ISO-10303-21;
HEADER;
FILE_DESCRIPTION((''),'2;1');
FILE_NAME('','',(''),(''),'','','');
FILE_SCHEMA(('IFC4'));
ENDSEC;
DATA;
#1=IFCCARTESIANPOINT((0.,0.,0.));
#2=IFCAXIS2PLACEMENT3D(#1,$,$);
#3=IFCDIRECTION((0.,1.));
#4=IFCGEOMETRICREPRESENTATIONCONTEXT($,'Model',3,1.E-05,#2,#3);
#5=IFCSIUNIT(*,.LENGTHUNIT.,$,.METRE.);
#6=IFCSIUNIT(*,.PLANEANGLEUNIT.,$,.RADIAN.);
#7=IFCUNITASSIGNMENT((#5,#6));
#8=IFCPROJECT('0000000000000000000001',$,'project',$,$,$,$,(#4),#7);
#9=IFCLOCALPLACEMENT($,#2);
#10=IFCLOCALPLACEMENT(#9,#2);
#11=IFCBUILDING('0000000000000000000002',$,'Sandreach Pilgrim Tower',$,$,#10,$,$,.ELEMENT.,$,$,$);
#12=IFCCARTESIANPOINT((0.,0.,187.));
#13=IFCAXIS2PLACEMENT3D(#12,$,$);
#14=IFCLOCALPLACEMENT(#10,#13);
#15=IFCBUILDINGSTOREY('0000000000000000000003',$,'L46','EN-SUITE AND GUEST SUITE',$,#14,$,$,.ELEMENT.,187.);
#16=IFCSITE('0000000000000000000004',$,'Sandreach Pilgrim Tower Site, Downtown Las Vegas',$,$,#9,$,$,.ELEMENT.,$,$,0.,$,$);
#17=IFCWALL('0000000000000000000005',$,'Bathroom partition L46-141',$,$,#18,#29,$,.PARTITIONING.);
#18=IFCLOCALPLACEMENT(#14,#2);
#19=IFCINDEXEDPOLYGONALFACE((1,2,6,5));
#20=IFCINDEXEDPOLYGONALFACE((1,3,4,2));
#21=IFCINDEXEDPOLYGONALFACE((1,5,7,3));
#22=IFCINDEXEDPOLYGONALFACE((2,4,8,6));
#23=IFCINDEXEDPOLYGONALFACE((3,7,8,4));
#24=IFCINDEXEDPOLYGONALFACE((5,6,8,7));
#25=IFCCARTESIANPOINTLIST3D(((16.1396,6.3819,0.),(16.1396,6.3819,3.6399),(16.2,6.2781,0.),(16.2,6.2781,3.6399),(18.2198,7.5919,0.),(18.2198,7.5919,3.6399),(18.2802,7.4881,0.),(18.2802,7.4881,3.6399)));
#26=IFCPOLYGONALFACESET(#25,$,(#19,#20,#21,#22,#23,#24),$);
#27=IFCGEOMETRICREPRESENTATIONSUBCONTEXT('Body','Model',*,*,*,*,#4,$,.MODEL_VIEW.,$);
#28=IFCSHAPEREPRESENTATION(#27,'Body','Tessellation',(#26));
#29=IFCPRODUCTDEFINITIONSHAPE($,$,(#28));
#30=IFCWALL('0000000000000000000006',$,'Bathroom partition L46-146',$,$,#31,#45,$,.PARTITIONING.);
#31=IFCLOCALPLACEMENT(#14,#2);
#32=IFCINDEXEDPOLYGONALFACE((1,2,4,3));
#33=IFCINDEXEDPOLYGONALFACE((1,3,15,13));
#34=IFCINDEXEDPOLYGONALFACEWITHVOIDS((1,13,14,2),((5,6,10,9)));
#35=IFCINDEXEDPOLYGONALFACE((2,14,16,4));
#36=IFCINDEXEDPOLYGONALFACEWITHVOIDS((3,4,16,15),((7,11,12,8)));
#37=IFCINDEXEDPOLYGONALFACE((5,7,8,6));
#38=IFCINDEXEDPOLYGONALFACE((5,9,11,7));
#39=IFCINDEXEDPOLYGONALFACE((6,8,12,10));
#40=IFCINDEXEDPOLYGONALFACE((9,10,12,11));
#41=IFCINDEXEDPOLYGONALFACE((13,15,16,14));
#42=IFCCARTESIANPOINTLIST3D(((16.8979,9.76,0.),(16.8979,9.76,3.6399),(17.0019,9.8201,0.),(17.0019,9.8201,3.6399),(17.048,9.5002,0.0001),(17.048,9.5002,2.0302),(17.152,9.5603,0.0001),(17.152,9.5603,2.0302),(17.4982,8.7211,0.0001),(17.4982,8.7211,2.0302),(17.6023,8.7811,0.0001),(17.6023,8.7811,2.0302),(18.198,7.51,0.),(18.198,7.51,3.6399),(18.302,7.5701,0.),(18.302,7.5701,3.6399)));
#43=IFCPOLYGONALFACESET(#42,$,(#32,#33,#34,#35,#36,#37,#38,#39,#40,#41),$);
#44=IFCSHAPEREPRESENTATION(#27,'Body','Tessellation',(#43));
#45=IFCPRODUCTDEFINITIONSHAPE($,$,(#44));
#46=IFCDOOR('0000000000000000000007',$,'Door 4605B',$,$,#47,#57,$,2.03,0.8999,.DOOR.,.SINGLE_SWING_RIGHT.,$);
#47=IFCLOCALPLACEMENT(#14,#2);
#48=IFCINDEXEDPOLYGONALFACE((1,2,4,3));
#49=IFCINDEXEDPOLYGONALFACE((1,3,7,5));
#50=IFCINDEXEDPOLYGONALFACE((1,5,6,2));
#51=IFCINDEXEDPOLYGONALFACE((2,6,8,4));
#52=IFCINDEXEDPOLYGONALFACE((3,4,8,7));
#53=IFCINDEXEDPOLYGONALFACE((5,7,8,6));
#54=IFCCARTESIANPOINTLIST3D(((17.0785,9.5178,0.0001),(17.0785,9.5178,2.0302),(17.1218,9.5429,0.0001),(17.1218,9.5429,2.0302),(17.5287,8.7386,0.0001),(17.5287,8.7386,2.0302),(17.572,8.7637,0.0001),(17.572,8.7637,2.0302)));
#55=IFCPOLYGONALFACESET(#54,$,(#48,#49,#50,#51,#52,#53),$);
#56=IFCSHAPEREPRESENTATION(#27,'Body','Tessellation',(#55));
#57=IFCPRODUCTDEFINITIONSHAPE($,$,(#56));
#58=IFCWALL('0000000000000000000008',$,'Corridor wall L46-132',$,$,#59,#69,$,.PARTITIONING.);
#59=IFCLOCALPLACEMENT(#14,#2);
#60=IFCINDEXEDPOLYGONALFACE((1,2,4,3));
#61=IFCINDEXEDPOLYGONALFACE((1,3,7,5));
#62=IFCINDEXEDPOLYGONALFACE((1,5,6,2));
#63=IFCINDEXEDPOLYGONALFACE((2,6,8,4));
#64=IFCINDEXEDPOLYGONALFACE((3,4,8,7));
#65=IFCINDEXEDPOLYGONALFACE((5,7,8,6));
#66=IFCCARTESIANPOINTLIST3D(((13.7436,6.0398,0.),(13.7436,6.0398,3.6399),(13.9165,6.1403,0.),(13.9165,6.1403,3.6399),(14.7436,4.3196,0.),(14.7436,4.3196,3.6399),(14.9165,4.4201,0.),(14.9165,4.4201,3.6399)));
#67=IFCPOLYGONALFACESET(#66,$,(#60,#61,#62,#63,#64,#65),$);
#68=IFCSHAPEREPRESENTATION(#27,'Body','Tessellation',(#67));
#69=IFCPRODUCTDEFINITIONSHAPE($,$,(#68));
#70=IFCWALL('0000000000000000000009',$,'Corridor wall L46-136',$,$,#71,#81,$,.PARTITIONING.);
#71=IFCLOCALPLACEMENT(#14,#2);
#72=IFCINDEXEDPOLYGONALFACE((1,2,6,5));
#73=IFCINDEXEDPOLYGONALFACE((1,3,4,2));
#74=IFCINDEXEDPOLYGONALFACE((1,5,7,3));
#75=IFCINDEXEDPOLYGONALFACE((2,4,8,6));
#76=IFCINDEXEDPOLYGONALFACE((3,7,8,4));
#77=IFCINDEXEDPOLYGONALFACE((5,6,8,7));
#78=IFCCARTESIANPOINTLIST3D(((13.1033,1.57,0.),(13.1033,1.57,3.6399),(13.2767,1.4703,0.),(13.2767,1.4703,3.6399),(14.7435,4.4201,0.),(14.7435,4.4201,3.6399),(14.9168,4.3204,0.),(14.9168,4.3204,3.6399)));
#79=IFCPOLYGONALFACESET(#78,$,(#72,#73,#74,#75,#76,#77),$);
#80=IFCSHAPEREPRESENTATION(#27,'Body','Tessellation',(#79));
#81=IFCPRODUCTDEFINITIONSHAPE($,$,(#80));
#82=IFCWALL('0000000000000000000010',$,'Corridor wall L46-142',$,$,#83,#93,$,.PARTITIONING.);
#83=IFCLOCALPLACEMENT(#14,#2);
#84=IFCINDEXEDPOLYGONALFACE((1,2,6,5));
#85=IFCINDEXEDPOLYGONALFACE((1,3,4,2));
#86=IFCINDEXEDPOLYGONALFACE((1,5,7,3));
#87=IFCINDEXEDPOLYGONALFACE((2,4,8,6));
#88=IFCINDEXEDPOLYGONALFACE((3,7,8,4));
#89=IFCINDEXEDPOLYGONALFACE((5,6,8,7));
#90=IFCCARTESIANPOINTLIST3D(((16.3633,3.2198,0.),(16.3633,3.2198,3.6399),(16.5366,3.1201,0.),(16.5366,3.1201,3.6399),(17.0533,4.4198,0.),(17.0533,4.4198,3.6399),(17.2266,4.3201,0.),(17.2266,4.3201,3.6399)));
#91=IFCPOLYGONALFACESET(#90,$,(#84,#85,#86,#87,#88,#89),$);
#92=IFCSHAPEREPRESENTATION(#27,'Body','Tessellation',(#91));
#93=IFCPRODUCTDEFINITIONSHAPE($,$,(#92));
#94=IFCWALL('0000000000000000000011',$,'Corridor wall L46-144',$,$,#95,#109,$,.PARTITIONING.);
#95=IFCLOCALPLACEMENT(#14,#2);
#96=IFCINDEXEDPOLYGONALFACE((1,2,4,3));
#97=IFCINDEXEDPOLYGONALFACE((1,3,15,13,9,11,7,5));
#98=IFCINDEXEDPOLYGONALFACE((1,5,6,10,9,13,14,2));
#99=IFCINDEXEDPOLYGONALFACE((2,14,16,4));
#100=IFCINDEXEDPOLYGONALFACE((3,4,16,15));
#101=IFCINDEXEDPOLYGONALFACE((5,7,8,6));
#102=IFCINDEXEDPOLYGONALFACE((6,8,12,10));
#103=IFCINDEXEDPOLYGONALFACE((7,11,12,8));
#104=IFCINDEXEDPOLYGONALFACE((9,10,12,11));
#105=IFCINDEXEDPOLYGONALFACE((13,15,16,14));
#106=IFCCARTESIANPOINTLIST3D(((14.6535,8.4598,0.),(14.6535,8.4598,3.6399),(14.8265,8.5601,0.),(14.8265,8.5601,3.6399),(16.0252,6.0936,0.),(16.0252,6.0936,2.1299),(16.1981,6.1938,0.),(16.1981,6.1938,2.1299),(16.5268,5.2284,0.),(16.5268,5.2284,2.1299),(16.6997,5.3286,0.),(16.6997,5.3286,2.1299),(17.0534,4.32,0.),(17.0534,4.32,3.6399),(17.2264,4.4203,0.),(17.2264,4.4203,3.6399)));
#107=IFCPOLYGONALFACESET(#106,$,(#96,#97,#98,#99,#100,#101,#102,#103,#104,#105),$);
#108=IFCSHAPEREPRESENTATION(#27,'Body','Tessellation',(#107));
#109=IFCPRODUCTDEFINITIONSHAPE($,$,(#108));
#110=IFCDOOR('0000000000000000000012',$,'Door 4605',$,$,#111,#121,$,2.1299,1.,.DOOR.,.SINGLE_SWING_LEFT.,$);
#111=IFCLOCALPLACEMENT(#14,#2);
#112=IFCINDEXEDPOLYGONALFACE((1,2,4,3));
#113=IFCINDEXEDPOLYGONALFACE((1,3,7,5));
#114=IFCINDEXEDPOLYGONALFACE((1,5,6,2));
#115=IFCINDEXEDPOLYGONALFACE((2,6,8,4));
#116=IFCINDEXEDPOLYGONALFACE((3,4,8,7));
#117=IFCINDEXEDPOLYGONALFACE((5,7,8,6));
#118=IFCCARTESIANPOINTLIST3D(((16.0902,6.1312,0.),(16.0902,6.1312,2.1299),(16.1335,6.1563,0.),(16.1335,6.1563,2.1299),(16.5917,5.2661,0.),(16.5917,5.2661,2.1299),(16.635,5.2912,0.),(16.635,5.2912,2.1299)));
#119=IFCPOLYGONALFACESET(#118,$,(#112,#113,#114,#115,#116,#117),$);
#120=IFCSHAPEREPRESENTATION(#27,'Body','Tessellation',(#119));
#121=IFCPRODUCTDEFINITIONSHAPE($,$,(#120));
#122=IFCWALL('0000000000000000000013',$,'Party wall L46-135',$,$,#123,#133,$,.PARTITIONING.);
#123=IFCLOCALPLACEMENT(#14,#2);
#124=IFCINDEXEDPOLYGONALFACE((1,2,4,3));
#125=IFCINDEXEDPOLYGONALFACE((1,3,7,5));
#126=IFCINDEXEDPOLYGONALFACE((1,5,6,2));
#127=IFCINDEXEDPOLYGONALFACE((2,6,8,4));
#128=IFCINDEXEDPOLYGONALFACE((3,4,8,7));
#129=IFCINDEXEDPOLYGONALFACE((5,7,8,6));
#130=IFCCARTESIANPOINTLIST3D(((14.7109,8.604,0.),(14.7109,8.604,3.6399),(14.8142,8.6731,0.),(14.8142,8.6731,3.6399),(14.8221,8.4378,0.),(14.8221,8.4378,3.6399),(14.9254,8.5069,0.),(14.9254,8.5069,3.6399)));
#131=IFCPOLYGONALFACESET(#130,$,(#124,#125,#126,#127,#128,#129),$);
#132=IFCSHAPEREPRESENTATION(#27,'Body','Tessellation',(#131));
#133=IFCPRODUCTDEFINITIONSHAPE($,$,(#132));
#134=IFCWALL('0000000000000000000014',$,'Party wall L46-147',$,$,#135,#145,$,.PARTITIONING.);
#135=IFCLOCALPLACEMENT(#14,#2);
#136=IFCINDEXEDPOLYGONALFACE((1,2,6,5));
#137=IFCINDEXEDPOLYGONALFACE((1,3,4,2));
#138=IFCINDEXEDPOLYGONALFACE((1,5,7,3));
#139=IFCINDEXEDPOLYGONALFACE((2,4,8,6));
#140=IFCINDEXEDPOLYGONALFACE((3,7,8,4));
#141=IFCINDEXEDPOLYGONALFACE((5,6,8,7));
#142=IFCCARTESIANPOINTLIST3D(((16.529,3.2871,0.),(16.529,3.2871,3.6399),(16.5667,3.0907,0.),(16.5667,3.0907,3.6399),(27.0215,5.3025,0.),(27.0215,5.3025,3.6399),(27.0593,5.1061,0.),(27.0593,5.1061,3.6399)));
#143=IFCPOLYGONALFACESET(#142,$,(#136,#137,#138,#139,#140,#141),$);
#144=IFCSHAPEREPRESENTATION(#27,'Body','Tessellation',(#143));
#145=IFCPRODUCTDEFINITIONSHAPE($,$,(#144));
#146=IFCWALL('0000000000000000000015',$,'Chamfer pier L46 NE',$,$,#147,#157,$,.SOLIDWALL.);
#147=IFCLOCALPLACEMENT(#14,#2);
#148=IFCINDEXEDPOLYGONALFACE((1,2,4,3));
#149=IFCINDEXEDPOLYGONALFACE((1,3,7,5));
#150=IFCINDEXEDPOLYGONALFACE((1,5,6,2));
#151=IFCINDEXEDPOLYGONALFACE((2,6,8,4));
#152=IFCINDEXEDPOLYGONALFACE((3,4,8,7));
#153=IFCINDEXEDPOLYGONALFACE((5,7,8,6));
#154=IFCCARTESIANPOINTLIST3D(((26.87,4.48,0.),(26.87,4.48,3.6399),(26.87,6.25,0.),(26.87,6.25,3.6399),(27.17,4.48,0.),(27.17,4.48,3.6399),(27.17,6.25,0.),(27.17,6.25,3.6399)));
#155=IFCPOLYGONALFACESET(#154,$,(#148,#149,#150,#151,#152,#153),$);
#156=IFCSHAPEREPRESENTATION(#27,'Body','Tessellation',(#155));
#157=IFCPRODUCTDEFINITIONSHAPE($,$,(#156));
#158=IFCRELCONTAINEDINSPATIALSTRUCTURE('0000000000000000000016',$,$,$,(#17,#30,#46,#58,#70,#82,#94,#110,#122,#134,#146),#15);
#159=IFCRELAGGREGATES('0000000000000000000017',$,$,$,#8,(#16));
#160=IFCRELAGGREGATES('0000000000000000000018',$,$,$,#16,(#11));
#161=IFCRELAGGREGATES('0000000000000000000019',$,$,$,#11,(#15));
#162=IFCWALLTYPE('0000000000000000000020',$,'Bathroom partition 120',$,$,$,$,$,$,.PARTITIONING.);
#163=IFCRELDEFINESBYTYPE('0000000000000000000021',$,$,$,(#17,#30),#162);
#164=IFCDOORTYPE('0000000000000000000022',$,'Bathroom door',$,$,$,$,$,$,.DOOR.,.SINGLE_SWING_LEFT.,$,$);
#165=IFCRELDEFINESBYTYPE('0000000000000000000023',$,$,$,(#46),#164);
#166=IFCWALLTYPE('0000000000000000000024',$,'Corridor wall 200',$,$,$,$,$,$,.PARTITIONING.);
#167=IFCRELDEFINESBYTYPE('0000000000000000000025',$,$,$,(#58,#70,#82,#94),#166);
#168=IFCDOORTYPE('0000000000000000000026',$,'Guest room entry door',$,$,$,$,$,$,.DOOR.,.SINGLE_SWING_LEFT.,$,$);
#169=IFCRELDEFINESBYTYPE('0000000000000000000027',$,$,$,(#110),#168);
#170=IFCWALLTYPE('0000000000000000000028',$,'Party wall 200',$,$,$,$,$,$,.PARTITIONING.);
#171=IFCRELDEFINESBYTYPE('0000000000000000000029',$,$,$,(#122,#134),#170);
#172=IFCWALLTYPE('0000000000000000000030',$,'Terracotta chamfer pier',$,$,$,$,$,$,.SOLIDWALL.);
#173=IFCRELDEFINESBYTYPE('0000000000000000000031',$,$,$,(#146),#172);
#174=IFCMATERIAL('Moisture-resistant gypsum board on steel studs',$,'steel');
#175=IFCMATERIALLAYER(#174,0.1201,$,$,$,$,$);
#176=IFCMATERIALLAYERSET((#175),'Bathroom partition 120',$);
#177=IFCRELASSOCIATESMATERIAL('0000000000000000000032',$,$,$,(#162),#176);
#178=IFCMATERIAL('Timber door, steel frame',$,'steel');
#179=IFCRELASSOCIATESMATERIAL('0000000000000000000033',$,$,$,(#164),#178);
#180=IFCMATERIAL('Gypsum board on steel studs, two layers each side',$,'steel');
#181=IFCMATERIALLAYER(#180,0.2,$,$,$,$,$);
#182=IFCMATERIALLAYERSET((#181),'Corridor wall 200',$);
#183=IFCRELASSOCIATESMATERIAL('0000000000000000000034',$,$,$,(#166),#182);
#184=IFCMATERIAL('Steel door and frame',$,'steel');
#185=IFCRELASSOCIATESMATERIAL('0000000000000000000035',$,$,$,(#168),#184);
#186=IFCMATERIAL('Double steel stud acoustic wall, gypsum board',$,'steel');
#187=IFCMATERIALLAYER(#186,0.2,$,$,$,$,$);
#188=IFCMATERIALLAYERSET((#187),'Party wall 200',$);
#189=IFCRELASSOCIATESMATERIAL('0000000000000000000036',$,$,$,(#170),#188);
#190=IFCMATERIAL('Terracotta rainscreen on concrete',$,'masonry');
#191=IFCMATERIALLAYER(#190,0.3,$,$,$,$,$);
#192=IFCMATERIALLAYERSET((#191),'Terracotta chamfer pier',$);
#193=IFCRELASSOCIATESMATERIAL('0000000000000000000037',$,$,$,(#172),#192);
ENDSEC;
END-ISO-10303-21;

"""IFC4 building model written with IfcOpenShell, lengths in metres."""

from ifc_helpers import new_model, si_unit, direction, frame, frame_2d, origin, place, context, subcontext, project, spatial, rectangle, extrude, material, layer, layer_set, type_object, element, fill, save


model = new_model("IFC4")

# Units and contexts
model_context = context("Model", 3, precision=1e-05, world=origin(), true_north=direction((0.0, 1.0)))
body_context = subcontext(model_context, "Body", "Model", "MODEL_VIEW")
ifc_project = project(units=[si_unit("LENGTHUNIT", "METRE"), si_unit("PLANEANGLEUNIT", "RADIAN")], contexts=[model_context])

# Site, building, storey
site_placement = place(None, origin())
site = spatial("IfcSite", under=ifc_project, at=site_placement, Name="Sandreach Pilgrim Tower Site, Downtown Las Vegas", CompositionType="ELEMENT", RefElevation=0.0)
building_placement = place(site_placement, origin())
building = spatial("IfcBuilding", under=site, at=building_placement, Name="Sandreach Pilgrim Tower", CompositionType="ELEMENT")
storey_placement = place(building_placement, frame((0.0, 0.0, 187.0)))
storey = spatial("IfcBuildingStorey", under=building, at=storey_placement, Name="L46", Description="EN-SUITE AND GUEST SUITE", CompositionType="ELEMENT", Elevation=187.0)

# Wall
ifc_material_1 = material(Name="Moisture-resistant gypsum board on steel studs", Category="steel")
ifc_layer_1 = layer(ifc_material_1, 0.1201)
ifc_layer_set_1 = layer_set([ifc_layer_1], Name="Bathroom partition 120")
wall_type_1 = type_object("IfcWallType", Name="Bathroom partition 120", PredefinedType="PARTITIONING", material=ifc_layer_set_1)
wall_1_placement = place(storey_placement, frame((16.1699, 6.3301, 0.0), z_axis=(0.0, 0.0, 1.0), x_axis=(0.864396, 0.502811, 0.0)))
element("IfcWall", 1, at=wall_1_placement, inside=storey, type_object=wall_type_1, Name="Bathroom partition L46-141", PredefinedType="PARTITIONING", context=body_context, shape_type="SweptSolid", body=[
    extrude(rectangle(XDim=2.4065, YDim=0.1201, at=frame_2d((1.2031, 0.0))), origin(), (0.0, 0.0, 1.0), 3.6399),
])

# Wall, opening, door
wall_2_placement = place(storey_placement, frame((18.25, 7.54, 0.0), z_axis=(0.0, 0.0, 1.0), x_axis=(-0.500292, 0.865857, 0.0)))
wall_2 = element("IfcWall", 2, at=wall_2_placement, inside=storey, type_object=wall_type_1, Name="Bathroom partition L46-146", PredefinedType="PARTITIONING", context=body_context, shape_type="SweptSolid", body=[
    extrude(rectangle(XDim=2.5986, YDim=0.1201, at=frame_2d((1.2993, 0.0))), origin(), (0.0, 0.0, 1.0), 3.6399),
])
opening_1_placement = place(wall_2_placement, frame((1.3987, 0.0, 0.0)))
opening_1 = element("IfcOpeningElement", 3, at=opening_1_placement, cuts=wall_2, PredefinedType="OPENING", context=body_context, shape_type="SweptSolid", body=[
    extrude(rectangle(XDim=0.8999, YDim=2.03, at=frame_2d((0.45, 1.0151))), frame((0.0, 0.0601, 0.0), z_axis=(0.0, -1.0, 0.0), x_axis=(1.0, 0.0, 0.0)), (0.0, 0.0, 1.0), 0.1201),
])
ifc_material_2 = material(Name="Timber door, steel frame", Category="steel")
door_type_1 = type_object("IfcDoorType", Name="Bathroom door", OperationType="SINGLE_SWING_LEFT", PredefinedType="DOOR", material=ifc_material_2)
door_1_placement = place(opening_1_placement, origin())
door_1 = element("IfcDoor", 4, at=door_1_placement, inside=storey, type_object=door_type_1, Name="Door 4605B", OperationType="SINGLE_SWING_RIGHT", OverallHeight=2.03, OverallWidth=0.8999, PredefinedType="DOOR", context=body_context, shape_type="SweptSolid", body=[
    extrude(rectangle(XDim=0.8999, YDim=2.03, at=frame_2d((0.45, 1.0151))), frame((0.0, 0.0249, 0.0), z_axis=(0.0, -1.0, 0.0), x_axis=(1.0, 0.0, 0.0)), (0.0, 0.0, 1.0), 0.05),
])
fill(opening_1, door_1)

# Walls
ifc_material_3 = material(Name="Gypsum board on steel studs, two layers each side", Category="steel")
ifc_layer_2 = layer(ifc_material_3, 0.2)
ifc_layer_set_2 = layer_set([ifc_layer_2], Name="Corridor wall 200")
wall_type_2 = type_object("IfcWallType", Name="Corridor wall 200", PredefinedType="PARTITIONING", material=ifc_layer_set_2)
wall_3_placement = place(storey_placement, frame((13.8301, 6.0901, 0.0), z_axis=(0.0, 0.0, 1.0), x_axis=(0.502574, -0.864534, 0.0)))
element("IfcWall", 5, at=wall_3_placement, inside=storey, type_object=wall_type_2, Name="Corridor wall L46-132", PredefinedType="PARTITIONING", context=body_context, shape_type="SweptSolid", body=[
    extrude(rectangle(XDim=1.9897, YDim=0.2, at=frame_2d((0.9949, 0.0))), origin(), (0.0, 0.0, 1.0), 3.6399),
])
wall_4_placement = place(storey_placement, frame((14.8301, 4.3701, 0.0), z_axis=(0.0, 0.0, 1.0), x_axis=(-0.498775, -0.866731, 0.0)))
element("IfcWall", 6, at=wall_4_placement, inside=storey, type_object=wall_type_2, Name="Corridor wall L46-136", PredefinedType="PARTITIONING", context=body_context, shape_type="SweptSolid", body=[
    extrude(rectangle(XDim=3.2883, YDim=0.2, at=frame_2d((1.644, 0.0))), origin(), (0.0, 0.0, 1.0), 3.6399),
])
wall_5_placement = place(storey_placement, frame((16.45, 3.1699, 0.0), z_axis=(0.0, 0.0, 1.0), x_axis=(0.498455, 0.866916, 0.0)))
element("IfcWall", 7, at=wall_5_placement, inside=storey, type_object=wall_type_2, Name="Corridor wall L46-142", PredefinedType="PARTITIONING", context=body_context, shape_type="SweptSolid", body=[
    extrude(rectangle(XDim=1.3843, YDim=0.2, at=frame_2d((0.6921, 0.0))), origin(), (0.0, 0.0, 1.0), 3.6399),
])

# Wall, opening, door
wall_6_placement = place(storey_placement, frame((17.1399, 4.3701, 0.0), z_axis=(0.0, 0.0, 1.0), x_axis=(-0.501525, 0.865143, 0.0)))
wall_6 = element("IfcWall", 8, at=wall_6_placement, inside=storey, type_object=wall_type_2, Name="Corridor wall L46-144", PredefinedType="PARTITIONING", context=body_context, shape_type="SweptSolid", body=[
    extrude(rectangle(XDim=4.7852, YDim=0.2, at=frame_2d((2.3926, 0.0))), origin(), (0.0, 0.0, 1.0), 3.6399),
])
opening_2_placement = place(wall_6_placement, frame((1.05, 0.0, 0.0)))
opening_2 = element("IfcOpeningElement", 9, at=opening_2_placement, cuts=wall_6, PredefinedType="OPENING", context=body_context, shape_type="SweptSolid", body=[
    extrude(rectangle(XDim=1.0, YDim=2.1299, at=frame_2d((0.5, 1.0649))), frame((0.0, 0.1001, 0.0), z_axis=(0.0, -1.0, 0.0), x_axis=(1.0, 0.0, 0.0)), (0.0, 0.0, 1.0), 0.2),
])
ifc_material_4 = material(Name="Steel door and frame", Category="steel")
door_type_2 = type_object("IfcDoorType", Name="Guest room entry door", OperationType="SINGLE_SWING_LEFT", PredefinedType="DOOR", material=ifc_material_4)
door_2_placement = place(opening_2_placement, origin())
door_2 = element("IfcDoor", 10, at=door_2_placement, inside=storey, type_object=door_type_2, Name="Door 4605", OperationType="SINGLE_SWING_LEFT", OverallHeight=2.1299, OverallWidth=1.0, PredefinedType="DOOR", context=body_context, shape_type="SweptSolid", body=[
    extrude(rectangle(XDim=1.0, YDim=2.1299, at=frame_2d((0.5, 1.0649))), frame((0.0, 0.0249, 0.0), z_axis=(0.0, -1.0, 0.0), x_axis=(1.0, 0.0, 0.0)), (0.0, 0.0, 1.0), 0.05),
])
fill(opening_2, door_2)

# Walls
ifc_material_5 = material(Name="Double steel stud acoustic wall, gypsum board", Category="steel")
ifc_layer_3 = layer(ifc_material_5, 0.2)
ifc_layer_set_3 = layer_set([ifc_layer_3], Name="Party wall 200")
wall_type_3 = type_object("IfcWallType", Name="Party wall 200", PredefinedType="PARTITIONING", material=ifc_layer_set_3)
wall_7_placement = place(storey_placement, frame((14.7666, 8.521, 0.0), z_axis=(0.0, 0.0, 1.0), x_axis=(0.831142, 0.55606, 0.0)))
element("IfcWall", 11, at=wall_7_placement, inside=storey, type_object=wall_type_3, Name="Party wall L46-135", PredefinedType="PARTITIONING", context=body_context, shape_type="SweptSolid", body=[
    extrude(rectangle(XDim=0.1243, YDim=0.2, at=frame_2d((0.062, 0.0))), origin(), (0.0, 0.0, 1.0), 3.6399),
])
wall_8_placement = place(storey_placement, frame((27.0405, 5.2043, 0.0), z_axis=(0.0, 0.0, 1.0), x_axis=(-0.982048, -0.188631, 0.0)))
element("IfcWall", 12, at=wall_8_placement, inside=storey, type_object=wall_type_3, Name="Party wall L46-147", PredefinedType="PARTITIONING", context=body_context, shape_type="SweptSolid", body=[
    extrude(rectangle(XDim=10.6843, YDim=0.2, at=frame_2d((5.3423, 0.0))), origin(), (0.0, 0.0, 1.0), 3.6399),
])
ifc_material_6 = material(Name="Terracotta rainscreen on concrete", Category="masonry")
ifc_layer_4 = layer(ifc_material_6, 0.3)
ifc_layer_set_4 = layer_set([ifc_layer_4], Name="Terracotta chamfer pier")
wall_type_4 = type_object("IfcWallType", Name="Terracotta chamfer pier", PredefinedType="SOLIDWALL", material=ifc_layer_set_4)
wall_9_placement = place(storey_placement, frame((27.02, 6.25, 0.0), z_axis=(0.0, 0.0, 1.0), x_axis=(0.0, -1.0, 0.0)))
element("IfcWall", 13, at=wall_9_placement, inside=storey, type_object=wall_type_4, Name="Chamfer pier L46 NE", PredefinedType="SOLIDWALL", context=body_context, shape_type="SweptSolid", body=[
    extrude(rectangle(XDim=1.77, YDim=0.3, at=frame_2d((0.885, 0.0))), origin(), (0.0, 0.0, 1.0), 3.6399),
])

save(model, "model.ifc")
